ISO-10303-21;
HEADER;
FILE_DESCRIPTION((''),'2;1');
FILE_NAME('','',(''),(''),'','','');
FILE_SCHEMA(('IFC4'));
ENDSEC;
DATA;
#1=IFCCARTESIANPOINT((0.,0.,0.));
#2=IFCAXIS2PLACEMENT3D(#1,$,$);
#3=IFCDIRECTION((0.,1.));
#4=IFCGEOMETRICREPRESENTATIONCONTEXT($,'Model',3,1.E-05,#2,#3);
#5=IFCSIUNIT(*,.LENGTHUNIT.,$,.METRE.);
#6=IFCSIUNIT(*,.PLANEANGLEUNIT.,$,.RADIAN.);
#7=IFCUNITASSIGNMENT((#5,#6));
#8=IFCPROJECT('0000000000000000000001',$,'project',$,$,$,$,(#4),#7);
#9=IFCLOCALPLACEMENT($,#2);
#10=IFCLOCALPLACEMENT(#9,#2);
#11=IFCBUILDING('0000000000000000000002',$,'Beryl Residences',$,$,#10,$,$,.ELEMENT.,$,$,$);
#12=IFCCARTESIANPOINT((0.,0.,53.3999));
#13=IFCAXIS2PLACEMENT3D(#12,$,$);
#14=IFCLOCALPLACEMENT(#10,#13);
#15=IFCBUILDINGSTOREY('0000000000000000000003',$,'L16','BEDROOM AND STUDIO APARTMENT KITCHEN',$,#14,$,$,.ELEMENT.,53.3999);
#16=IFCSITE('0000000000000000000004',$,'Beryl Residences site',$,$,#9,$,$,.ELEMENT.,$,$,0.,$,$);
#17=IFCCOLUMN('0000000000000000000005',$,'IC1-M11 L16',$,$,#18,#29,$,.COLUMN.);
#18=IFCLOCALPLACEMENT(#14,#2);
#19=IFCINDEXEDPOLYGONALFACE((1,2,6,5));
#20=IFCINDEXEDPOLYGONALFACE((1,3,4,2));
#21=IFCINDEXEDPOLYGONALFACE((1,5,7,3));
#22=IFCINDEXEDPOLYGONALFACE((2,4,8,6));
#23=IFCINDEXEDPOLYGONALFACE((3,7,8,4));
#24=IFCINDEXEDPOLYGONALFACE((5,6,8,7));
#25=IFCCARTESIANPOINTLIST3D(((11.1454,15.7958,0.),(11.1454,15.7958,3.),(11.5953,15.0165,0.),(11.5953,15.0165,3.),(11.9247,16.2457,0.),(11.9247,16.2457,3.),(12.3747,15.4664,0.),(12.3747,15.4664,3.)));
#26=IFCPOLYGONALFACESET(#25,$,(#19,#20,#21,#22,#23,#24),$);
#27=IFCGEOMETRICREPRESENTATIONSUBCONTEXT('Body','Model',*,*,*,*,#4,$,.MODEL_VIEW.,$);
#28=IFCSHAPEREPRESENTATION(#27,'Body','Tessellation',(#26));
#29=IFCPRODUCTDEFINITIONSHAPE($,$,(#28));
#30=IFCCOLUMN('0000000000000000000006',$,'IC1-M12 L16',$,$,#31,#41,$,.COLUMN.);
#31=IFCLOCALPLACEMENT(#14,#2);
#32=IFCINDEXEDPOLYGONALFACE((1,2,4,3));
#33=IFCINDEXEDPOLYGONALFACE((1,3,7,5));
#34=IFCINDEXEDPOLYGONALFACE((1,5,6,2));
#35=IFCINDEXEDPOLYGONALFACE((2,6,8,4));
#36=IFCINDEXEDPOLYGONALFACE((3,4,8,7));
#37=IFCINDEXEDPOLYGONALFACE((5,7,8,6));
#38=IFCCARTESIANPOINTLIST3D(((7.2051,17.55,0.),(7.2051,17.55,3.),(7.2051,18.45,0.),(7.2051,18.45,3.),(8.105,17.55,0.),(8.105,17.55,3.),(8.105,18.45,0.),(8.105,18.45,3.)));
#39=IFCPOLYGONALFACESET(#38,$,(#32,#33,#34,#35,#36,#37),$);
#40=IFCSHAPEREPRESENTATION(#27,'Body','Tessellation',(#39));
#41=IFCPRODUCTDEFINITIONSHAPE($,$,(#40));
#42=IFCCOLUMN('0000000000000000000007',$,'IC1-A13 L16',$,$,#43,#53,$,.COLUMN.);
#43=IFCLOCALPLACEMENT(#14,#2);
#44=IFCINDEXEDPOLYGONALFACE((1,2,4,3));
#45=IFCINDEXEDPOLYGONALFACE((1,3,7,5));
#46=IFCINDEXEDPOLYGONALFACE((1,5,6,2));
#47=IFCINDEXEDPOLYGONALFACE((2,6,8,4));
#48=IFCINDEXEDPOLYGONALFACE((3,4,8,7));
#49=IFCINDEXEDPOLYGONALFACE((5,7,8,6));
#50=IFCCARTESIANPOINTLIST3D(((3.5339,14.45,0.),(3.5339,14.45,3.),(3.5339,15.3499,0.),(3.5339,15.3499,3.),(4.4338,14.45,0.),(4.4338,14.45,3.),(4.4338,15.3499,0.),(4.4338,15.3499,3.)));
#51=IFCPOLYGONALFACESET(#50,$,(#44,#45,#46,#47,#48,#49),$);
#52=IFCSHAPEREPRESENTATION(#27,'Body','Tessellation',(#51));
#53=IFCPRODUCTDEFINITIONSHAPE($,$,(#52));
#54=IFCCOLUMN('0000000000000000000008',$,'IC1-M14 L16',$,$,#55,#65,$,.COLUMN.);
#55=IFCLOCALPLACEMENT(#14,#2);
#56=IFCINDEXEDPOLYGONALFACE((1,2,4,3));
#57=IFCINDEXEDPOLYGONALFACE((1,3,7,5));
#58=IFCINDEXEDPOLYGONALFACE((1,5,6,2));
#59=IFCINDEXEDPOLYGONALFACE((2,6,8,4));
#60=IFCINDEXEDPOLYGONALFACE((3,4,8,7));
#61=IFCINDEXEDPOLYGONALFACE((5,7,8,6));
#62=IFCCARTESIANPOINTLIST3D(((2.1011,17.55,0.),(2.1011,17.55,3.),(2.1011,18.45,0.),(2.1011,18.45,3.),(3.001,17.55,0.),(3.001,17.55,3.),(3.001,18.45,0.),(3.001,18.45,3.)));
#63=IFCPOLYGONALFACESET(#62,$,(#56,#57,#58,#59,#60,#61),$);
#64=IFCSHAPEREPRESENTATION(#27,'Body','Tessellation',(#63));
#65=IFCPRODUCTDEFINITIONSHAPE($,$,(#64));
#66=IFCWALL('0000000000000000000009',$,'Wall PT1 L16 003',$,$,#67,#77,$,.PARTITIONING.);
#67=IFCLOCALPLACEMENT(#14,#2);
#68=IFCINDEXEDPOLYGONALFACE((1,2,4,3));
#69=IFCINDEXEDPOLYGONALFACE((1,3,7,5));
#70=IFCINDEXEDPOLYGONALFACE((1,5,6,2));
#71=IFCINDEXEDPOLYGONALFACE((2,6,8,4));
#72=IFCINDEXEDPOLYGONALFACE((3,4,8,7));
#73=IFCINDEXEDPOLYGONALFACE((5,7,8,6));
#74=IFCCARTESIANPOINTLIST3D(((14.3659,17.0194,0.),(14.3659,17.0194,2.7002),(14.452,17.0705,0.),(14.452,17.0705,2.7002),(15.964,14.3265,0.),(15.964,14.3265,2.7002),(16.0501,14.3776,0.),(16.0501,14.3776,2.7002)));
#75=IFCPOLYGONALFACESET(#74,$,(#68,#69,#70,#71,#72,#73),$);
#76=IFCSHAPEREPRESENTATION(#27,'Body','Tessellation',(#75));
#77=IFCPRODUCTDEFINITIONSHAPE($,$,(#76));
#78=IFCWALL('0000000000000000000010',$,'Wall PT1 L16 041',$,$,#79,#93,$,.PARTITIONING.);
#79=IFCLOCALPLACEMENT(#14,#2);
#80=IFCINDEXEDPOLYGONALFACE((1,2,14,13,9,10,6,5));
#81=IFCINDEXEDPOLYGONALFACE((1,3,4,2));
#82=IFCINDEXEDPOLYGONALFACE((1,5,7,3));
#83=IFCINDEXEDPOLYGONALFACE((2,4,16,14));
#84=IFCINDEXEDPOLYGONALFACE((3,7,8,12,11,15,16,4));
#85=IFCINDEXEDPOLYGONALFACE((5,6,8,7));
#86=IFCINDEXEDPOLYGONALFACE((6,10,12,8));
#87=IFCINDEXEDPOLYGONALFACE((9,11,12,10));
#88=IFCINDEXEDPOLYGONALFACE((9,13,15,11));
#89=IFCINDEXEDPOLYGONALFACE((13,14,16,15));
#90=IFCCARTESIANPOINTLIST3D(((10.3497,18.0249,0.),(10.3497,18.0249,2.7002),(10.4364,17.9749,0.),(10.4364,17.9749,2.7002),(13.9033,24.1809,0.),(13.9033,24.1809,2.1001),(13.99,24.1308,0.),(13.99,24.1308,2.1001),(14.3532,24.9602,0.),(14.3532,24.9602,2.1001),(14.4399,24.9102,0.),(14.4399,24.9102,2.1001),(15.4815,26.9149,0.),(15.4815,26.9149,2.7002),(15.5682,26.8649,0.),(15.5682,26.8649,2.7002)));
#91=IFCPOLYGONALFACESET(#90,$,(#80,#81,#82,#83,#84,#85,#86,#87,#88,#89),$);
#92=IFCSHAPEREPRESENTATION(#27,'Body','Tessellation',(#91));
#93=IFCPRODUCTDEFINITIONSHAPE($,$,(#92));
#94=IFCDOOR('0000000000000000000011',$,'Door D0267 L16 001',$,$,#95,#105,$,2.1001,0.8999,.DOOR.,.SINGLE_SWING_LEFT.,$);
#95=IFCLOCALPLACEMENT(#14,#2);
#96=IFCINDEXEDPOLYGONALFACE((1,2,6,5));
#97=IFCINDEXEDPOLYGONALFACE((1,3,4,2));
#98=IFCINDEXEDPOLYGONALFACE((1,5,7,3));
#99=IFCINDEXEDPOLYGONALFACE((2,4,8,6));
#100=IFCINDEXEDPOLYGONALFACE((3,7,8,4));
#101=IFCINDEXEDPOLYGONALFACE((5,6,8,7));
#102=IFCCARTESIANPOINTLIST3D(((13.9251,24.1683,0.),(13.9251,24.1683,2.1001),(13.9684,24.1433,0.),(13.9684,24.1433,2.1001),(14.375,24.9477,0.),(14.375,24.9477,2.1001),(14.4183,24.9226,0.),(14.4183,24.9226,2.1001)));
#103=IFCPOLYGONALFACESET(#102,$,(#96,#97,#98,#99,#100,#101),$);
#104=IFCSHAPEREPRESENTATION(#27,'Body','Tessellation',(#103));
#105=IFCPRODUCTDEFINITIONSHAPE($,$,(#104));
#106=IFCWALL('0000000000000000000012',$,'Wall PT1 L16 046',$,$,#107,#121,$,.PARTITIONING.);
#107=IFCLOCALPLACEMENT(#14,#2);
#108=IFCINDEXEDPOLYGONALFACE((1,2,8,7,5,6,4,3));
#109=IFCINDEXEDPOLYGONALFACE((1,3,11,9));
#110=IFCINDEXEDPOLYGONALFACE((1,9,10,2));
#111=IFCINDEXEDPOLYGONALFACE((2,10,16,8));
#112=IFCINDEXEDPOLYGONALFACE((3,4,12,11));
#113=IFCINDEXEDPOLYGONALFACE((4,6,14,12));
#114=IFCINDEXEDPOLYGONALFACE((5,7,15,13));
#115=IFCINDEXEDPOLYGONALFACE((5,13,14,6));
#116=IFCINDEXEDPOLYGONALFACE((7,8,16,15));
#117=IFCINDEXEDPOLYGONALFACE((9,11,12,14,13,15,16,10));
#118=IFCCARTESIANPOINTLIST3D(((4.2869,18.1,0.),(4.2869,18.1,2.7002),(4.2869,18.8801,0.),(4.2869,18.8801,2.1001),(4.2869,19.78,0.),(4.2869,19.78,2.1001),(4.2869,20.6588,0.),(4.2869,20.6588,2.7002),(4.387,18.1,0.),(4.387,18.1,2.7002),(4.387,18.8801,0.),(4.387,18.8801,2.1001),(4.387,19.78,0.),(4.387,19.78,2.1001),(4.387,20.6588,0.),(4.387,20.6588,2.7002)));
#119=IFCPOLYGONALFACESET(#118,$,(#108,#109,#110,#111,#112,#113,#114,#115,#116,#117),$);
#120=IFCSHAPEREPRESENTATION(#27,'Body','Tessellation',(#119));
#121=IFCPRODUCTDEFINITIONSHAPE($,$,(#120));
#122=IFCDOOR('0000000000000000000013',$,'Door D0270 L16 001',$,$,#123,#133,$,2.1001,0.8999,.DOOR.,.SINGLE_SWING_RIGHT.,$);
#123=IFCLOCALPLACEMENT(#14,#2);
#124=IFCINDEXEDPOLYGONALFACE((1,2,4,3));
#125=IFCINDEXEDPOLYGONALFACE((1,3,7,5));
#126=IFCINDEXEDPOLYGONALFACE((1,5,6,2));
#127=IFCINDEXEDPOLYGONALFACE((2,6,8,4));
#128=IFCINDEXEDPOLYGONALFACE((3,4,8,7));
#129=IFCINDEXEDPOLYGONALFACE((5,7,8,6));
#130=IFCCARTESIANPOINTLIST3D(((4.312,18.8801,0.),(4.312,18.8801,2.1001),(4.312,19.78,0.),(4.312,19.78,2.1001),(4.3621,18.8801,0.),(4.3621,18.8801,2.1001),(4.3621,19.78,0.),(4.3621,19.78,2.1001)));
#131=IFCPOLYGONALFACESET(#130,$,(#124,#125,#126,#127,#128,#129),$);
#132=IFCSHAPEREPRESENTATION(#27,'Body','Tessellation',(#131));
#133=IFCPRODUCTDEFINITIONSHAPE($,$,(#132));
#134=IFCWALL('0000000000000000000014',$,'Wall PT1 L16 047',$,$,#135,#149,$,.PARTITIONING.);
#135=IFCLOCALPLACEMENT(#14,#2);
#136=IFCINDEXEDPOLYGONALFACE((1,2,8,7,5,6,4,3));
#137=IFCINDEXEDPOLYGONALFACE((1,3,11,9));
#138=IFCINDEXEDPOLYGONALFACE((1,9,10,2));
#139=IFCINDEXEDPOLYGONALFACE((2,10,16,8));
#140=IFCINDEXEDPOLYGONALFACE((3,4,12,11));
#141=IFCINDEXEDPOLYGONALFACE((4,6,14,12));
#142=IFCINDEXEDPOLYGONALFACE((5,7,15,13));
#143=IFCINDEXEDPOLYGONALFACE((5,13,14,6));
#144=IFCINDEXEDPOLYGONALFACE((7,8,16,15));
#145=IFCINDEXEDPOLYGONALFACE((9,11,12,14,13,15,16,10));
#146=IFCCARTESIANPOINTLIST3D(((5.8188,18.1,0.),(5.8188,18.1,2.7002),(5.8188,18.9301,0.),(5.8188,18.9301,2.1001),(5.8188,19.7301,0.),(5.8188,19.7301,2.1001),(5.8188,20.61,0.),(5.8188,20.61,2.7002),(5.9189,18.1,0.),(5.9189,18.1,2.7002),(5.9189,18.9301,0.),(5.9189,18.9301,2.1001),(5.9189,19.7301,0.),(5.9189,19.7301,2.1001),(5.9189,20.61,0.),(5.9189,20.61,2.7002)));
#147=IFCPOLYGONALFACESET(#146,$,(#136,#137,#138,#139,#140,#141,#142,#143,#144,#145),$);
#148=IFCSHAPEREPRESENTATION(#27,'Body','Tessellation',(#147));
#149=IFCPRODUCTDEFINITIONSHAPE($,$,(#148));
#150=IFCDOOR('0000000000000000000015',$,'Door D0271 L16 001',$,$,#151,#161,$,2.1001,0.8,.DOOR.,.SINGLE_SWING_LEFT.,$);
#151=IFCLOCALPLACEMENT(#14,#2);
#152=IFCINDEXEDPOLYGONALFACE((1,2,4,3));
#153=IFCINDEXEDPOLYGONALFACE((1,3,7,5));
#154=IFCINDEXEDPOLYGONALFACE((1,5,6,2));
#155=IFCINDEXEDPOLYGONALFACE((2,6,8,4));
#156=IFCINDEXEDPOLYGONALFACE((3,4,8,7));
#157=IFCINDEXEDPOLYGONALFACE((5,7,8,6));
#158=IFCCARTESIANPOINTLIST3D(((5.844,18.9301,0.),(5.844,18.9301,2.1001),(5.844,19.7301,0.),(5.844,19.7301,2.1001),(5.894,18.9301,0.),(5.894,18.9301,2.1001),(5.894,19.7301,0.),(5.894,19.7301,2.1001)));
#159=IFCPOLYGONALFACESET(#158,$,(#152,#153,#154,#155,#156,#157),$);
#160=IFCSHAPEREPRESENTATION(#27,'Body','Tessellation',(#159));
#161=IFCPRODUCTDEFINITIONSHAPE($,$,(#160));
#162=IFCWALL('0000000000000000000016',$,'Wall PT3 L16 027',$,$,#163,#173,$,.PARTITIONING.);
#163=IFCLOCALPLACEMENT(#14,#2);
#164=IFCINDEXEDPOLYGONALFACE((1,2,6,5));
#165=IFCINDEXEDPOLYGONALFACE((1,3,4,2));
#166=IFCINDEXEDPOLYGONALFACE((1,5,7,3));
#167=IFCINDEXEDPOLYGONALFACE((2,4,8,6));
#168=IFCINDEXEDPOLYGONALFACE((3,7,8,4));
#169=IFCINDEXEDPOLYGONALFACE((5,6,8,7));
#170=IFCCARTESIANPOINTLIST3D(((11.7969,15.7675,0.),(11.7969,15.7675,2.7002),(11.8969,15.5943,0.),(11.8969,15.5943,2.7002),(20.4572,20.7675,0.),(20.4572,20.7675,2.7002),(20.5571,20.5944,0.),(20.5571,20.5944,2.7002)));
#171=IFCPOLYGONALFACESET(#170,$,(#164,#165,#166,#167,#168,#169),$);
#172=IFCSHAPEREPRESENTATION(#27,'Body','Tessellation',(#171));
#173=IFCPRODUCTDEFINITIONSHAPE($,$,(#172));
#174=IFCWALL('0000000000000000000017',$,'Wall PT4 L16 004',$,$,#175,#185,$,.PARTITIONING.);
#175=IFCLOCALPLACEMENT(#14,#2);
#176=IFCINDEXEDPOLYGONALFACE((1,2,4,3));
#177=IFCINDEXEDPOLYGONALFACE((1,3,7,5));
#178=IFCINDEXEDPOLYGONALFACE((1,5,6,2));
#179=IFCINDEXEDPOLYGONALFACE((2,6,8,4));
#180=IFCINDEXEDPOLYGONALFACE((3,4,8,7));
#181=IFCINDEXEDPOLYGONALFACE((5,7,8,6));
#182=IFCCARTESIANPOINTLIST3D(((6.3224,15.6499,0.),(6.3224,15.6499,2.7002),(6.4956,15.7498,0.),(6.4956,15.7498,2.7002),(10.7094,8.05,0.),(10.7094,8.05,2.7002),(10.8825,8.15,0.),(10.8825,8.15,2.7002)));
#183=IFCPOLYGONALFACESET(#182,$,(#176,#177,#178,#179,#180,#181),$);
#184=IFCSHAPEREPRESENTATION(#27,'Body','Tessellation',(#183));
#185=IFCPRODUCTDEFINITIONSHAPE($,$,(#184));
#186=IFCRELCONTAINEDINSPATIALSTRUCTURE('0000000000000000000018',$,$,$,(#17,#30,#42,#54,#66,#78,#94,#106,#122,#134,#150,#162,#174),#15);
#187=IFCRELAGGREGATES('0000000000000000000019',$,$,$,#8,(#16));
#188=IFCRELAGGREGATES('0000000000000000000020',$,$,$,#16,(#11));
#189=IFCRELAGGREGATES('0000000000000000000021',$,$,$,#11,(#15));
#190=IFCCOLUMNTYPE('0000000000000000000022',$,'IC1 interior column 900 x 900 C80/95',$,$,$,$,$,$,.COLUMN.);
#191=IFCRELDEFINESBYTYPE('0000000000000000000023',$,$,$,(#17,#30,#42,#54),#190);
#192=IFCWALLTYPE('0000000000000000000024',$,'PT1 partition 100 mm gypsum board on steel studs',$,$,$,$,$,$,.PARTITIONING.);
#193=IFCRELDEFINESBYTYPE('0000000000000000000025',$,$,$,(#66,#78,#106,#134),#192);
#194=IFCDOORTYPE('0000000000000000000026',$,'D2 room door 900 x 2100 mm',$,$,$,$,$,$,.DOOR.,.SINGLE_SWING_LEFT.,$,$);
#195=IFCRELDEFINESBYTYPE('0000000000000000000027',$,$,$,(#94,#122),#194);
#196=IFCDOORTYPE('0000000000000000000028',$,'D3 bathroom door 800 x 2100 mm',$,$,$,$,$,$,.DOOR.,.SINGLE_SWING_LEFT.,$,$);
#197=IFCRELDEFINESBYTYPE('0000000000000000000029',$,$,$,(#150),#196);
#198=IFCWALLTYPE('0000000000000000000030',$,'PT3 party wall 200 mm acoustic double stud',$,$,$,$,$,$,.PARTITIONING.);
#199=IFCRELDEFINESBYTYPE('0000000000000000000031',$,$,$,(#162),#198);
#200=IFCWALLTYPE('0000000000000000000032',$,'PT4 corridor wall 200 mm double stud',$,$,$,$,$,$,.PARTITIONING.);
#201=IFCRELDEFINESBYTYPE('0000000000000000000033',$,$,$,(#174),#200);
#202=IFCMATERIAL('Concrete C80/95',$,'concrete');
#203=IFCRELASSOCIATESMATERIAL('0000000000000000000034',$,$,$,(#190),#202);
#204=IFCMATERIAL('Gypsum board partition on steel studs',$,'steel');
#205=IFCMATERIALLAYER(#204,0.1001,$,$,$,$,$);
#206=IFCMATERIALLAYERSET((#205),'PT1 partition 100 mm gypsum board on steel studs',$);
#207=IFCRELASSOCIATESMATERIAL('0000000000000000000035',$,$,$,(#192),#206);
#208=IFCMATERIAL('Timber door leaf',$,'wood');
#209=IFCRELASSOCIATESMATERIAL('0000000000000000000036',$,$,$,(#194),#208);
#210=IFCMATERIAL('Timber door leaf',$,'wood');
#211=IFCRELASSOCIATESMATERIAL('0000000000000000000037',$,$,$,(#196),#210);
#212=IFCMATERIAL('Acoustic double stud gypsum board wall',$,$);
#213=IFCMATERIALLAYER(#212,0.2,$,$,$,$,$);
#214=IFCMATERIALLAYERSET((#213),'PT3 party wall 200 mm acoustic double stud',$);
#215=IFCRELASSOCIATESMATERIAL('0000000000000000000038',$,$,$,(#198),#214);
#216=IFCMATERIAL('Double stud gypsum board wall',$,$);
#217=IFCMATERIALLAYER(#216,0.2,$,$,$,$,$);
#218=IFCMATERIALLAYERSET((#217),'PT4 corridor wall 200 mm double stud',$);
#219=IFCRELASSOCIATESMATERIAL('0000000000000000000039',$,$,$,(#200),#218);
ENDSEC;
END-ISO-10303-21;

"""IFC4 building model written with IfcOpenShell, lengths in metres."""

from ifc_helpers import new_model, si_unit, direction, frame, frame_2d, origin, origin_2d, place, context, subcontext, project, spatial, rectangle, extrude, material, layer, layer_set, material_profile, profile_set, type_object, element, fill, save


model = new_model("IFC4")

# Units and contexts
model_context = context("Model", 3, precision=1e-05, world=origin(), true_north=direction((0.0, 1.0)))
body_context = subcontext(model_context, "Body", "Model", "MODEL_VIEW")
ifc_project = project(units=[si_unit("LENGTHUNIT", "METRE"), si_unit("PLANEANGLEUNIT", "RADIAN")], contexts=[model_context])

# Site, building, storey
site_placement = place(None, origin())
site = spatial("IfcSite", under=ifc_project, at=site_placement, Name="Beryl Residences site", CompositionType="ELEMENT", RefElevation=0.0)
building_placement = place(site_placement, origin())
building = spatial("IfcBuilding", under=site, at=building_placement, Name="Beryl Residences", CompositionType="ELEMENT")
storey_placement = place(building_placement, frame((0.0, 0.0, 53.3999)))
storey = spatial("IfcBuildingStorey", under=building, at=storey_placement, Name="L16", Description="BEDROOM AND STUDIO APARTMENT KITCHEN", CompositionType="ELEMENT", Elevation=53.3999)

# Columns
ifc_material_1 = material(Name="Concrete C80/95", Category="concrete")
ifc_material_profile = material_profile(ifc_material_1, rectangle(XDim=0.8999, YDim=0.8999, at=origin_2d()))
ifc_profile_set = profile_set([ifc_material_profile], Name="Concrete C80/95")
column_type = type_object("IfcColumnType", Name="IC1 interior column 900 x 900 C80/95", PredefinedType="COLUMN", material=ifc_profile_set)
for number, where, z_axis, x_axis, name in (
    (1, (11.76, 15.6311, 0.0), (0.0, 0.0, 1.0), (-0.499985, 0.866034, 0.0), "IC1-M11 L16"),
    (2, (7.655, 18.0, 0.0), (0.0, 0.0, 1.0), (-1.0, 0.0, 0.0), "IC1-M12 L16"),
    (3, (3.9839, 14.8999, 0.0), (0.0, 0.0, 1.0), (1.0, 0.0, 0.0), "IC1-A13 L16"),
    (4, (2.551, 18.0, 0.0), (0.0, 0.0, 1.0), (-1.0, 0.0, 0.0), "IC1-M14 L16"),
):
    element("IfcColumn", number, at=place(storey_placement, frame(where, z_axis=z_axis, x_axis=x_axis)), inside=storey, type_object=column_type, Name=name, PredefinedType="COLUMN", context=body_context, shape_type="SweptSolid", body=[
        extrude(rectangle(XDim=0.8999, YDim=0.8999, at=origin_2d()), origin(), (0.0, 0.0, 1.0), 3.0),
    ])

# Wall
ifc_material_2 = material(Name="Gypsum board partition on steel studs", Category="steel")
ifc_layer_1 = layer(ifc_material_2, 0.1001)
ifc_layer_set_1 = layer_set([ifc_layer_1], Name="PT1 partition 100 mm gypsum board on steel studs")
wall_type_1 = type_object("IfcWallType", Name="PT1 partition 100 mm gypsum board on steel studs", PredefinedType="PARTITIONING", material=ifc_layer_set_1)
wall_1_placement = place(storey_placement, frame((14.4089, 17.0449, 0.0), z_axis=(0.0, 0.0, 1.0), x_axis=(0.510362, -0.85996, 0.0)))
element("IfcWall", 5, at=wall_1_placement, inside=storey, type_object=wall_type_1, Name="Wall PT1 L16 003", PredefinedType="PARTITIONING", context=body_context, shape_type="SweptSolid", body=[
    extrude(rectangle(XDim=3.1313, YDim=0.1001, at=frame_2d((1.5657, 0.0))), origin(), (0.0, 0.0, 1.0), 2.7002),
])

# Walls, openings, doors
wall_2_placement = place(storey_placement, frame((10.3931, 18.0, 0.0), z_axis=(0.0, 0.0, 1.0), x_axis=(0.499945, 0.866057, 0.0)))
wall_2 = element("IfcWall", 6, at=wall_2_placement, inside=storey, type_object=wall_type_1, Name="Wall PT1 L16 041", PredefinedType="PARTITIONING", context=body_context, shape_type="SweptSolid", body=[
    extrude(rectangle(XDim=10.2649, YDim=0.1001, at=frame_2d((5.1323, 0.0))), origin(), (0.0, 0.0, 1.0), 2.7002),
])
opening_1_placement = place(wall_2_placement, frame((7.1079, 0.0, 0.0)))
opening_1 = element("IfcOpeningElement", 7, at=opening_1_placement, cuts=wall_2, PredefinedType="OPENING", context=body_context, shape_type="SweptSolid", body=[
    extrude(rectangle(XDim=0.8999, YDim=2.1001, at=frame_2d((0.45, 1.05))), frame((0.0, 0.0601, 0.0), z_axis=(0.0, -1.0, 0.0), x_axis=(1.0, 0.0, 0.0)), (0.0, 0.0, 1.0), 0.1201),
])
ifc_material_3 = material(Name="Timber door leaf", Category="wood")
door_type_1 = type_object("IfcDoorType", Name="D2 room door 900 x 2100 mm", OperationType="SINGLE_SWING_LEFT", PredefinedType="DOOR", material=ifc_material_3)
door_1_placement = place(opening_1_placement, origin())
door_1 = element("IfcDoor", 8, at=door_1_placement, inside=storey, type_object=door_type_1, Name="Door D0267 L16 001", OperationType="SINGLE_SWING_LEFT", OverallHeight=2.1001, OverallWidth=0.8999, PredefinedType="DOOR", context=body_context, shape_type="SweptSolid", body=[
    extrude(rectangle(XDim=0.8999, YDim=2.1001, at=frame_2d((0.45, 1.05))), frame((0.0, 0.0249, 0.0), z_axis=(0.0, -1.0, 0.0), x_axis=(1.0, 0.0, 0.0)), (0.0, 0.0, 1.0), 0.05),
])
fill(opening_1, door_1)
wall_3_placement = place(storey_placement, frame((4.3369, 18.1001, 0.0), z_axis=(0.0, 0.0, 1.0), x_axis=(0.0, 1.0, 0.0)))
wall_3 = element("IfcWall", 9, at=wall_3_placement, inside=storey, type_object=wall_type_1, Name="Wall PT1 L16 046", PredefinedType="PARTITIONING", context=body_context, shape_type="SweptSolid", body=[
    extrude(rectangle(XDim=2.5588, YDim=0.1001, at=frame_2d((1.2793, 0.0))), origin(), (0.0, 0.0, 1.0), 2.7002),
])
opening_2_placement = place(wall_3_placement, frame((0.78, 0.0, 0.0)))
opening_2 = element("IfcOpeningElement", 10, at=opening_2_placement, cuts=wall_3, PredefinedType="OPENING", context=body_context, shape_type="SweptSolid", body=[
    extrude(rectangle(XDim=0.8999, YDim=2.1001, at=frame_2d((0.45, 1.05))), frame((0.0, 0.0601, 0.0), z_axis=(0.0, -1.0, 0.0), x_axis=(1.0, 0.0, 0.0)), (0.0, 0.0, 1.0), 0.1201),
])
door_2_placement = place(opening_2_placement, origin())
door_2 = element("IfcDoor", 11, at=door_2_placement, inside=storey, type_object=door_type_1, Name="Door D0270 L16 001", OperationType="SINGLE_SWING_RIGHT", OverallHeight=2.1001, OverallWidth=0.8999, PredefinedType="DOOR", context=body_context, shape_type="SweptSolid", body=[
    extrude(rectangle(XDim=0.8999, YDim=2.1001, at=frame_2d((0.45, 1.05))), frame((0.0, 0.0249, 0.0), z_axis=(0.0, -1.0, 0.0), x_axis=(1.0, 0.0, 0.0)), (0.0, 0.0, 1.0), 0.05),
])
fill(opening_2, door_2)
wall_4_placement = place(storey_placement, frame((5.8689, 18.1001, 0.0), z_axis=(0.0, 0.0, 1.0), x_axis=(0.0, 1.0, 0.0)))
wall_4 = element("IfcWall", 12, at=wall_4_placement, inside=storey, type_object=wall_type_1, Name="Wall PT1 L16 047", PredefinedType="PARTITIONING", context=body_context, shape_type="SweptSolid", body=[
    extrude(rectangle(XDim=2.51, YDim=0.1001, at=frame_2d((1.2549, 0.0))), origin(), (0.0, 0.0, 1.0), 2.7002),
])
opening_3_placement = place(wall_4_placement, frame((0.8301, 0.0, 0.0)))
opening_3 = element("IfcOpeningElement", 13, at=opening_3_placement, cuts=wall_4, PredefinedType="OPENING", context=body_context, shape_type="SweptSolid", body=[
    extrude(rectangle(XDim=0.8, YDim=2.1001, at=frame_2d((0.3999, 1.05))), frame((0.0, 0.0601, 0.0), z_axis=(0.0, -1.0, 0.0), x_axis=(1.0, 0.0, 0.0)), (0.0, 0.0, 1.0), 0.1201),
])
ifc_material_4 = material(Name="Timber door leaf", Category="wood")
door_type_2 = type_object("IfcDoorType", Name="D3 bathroom door 800 x 2100 mm", OperationType="SINGLE_SWING_LEFT", PredefinedType="DOOR", material=ifc_material_4)
door_3_placement = place(opening_3_placement, origin())
door_3 = element("IfcDoor", 14, at=door_3_placement, inside=storey, type_object=door_type_2, Name="Door D0271 L16 001", OperationType="SINGLE_SWING_LEFT", OverallHeight=2.1001, OverallWidth=0.8, PredefinedType="DOOR", context=body_context, shape_type="SweptSolid", body=[
    extrude(rectangle(XDim=0.8, YDim=2.1001, at=frame_2d((0.3999, 1.05))), frame((0.0, 0.0249, 0.0), z_axis=(0.0, -1.0, 0.0), x_axis=(1.0, 0.0, 0.0)), (0.0, 0.0, 1.0), 0.05),
])
fill(opening_3, door_3)

# Walls
ifc_material_5 = material(Name="Acoustic double stud gypsum board wall")
ifc_layer_2 = layer(ifc_material_5, 0.2)
ifc_layer_set_2 = layer_set([ifc_layer_2], Name="PT3 party wall 200 mm acoustic double stud")
wall_type_2 = type_object("IfcWallType", Name="PT3 party wall 200 mm acoustic double stud", PredefinedType="PARTITIONING", material=ifc_layer_set_2)
wall_5_placement = place(storey_placement, frame((11.8469, 15.6809, 0.0), z_axis=(0.0, 0.0, 1.0), x_axis=(0.866023, 0.500004, 0.0)))
element("IfcWall", 15, at=wall_5_placement, inside=storey, type_object=wall_type_2, Name="Wall PT3 L16 027", PredefinedType="PARTITIONING", context=body_context, shape_type="SweptSolid", body=[
    extrude(rectangle(XDim=10.0, YDim=0.2, at=frame_2d((5.0, 0.0))), origin(), (0.0, 0.0, 1.0), 2.7002),
])
ifc_material_6 = material(Name="Double stud gypsum board wall")
ifc_layer_3 = layer(ifc_material_6, 0.2)
ifc_layer_set_3 = layer_set([ifc_layer_3], Name="PT4 corridor wall 200 mm double stud")
wall_type_3 = type_object("IfcWallType", Name="PT4 corridor wall 200 mm double stud", PredefinedType="PARTITIONING", material=ifc_layer_set_3)
wall_6_placement = place(storey_placement, frame((6.4089, 15.7, 0.0), z_axis=(0.0, 0.0, 1.0), x_axis=(0.49993, -0.866066, 0.0)))
element("IfcWall", 16, at=wall_6_placement, inside=storey, type_object=wall_type_3, Name="Wall PT4 L16 004", PredefinedType="PARTITIONING", context=body_context, shape_type="SweptSolid", body=[
    extrude(rectangle(XDim=8.7751, YDim=0.2, at=frame_2d((4.3877, 0.0))), origin(), (0.0, 0.0, 1.0), 2.7002),
])

save(model, "model.ifc")
